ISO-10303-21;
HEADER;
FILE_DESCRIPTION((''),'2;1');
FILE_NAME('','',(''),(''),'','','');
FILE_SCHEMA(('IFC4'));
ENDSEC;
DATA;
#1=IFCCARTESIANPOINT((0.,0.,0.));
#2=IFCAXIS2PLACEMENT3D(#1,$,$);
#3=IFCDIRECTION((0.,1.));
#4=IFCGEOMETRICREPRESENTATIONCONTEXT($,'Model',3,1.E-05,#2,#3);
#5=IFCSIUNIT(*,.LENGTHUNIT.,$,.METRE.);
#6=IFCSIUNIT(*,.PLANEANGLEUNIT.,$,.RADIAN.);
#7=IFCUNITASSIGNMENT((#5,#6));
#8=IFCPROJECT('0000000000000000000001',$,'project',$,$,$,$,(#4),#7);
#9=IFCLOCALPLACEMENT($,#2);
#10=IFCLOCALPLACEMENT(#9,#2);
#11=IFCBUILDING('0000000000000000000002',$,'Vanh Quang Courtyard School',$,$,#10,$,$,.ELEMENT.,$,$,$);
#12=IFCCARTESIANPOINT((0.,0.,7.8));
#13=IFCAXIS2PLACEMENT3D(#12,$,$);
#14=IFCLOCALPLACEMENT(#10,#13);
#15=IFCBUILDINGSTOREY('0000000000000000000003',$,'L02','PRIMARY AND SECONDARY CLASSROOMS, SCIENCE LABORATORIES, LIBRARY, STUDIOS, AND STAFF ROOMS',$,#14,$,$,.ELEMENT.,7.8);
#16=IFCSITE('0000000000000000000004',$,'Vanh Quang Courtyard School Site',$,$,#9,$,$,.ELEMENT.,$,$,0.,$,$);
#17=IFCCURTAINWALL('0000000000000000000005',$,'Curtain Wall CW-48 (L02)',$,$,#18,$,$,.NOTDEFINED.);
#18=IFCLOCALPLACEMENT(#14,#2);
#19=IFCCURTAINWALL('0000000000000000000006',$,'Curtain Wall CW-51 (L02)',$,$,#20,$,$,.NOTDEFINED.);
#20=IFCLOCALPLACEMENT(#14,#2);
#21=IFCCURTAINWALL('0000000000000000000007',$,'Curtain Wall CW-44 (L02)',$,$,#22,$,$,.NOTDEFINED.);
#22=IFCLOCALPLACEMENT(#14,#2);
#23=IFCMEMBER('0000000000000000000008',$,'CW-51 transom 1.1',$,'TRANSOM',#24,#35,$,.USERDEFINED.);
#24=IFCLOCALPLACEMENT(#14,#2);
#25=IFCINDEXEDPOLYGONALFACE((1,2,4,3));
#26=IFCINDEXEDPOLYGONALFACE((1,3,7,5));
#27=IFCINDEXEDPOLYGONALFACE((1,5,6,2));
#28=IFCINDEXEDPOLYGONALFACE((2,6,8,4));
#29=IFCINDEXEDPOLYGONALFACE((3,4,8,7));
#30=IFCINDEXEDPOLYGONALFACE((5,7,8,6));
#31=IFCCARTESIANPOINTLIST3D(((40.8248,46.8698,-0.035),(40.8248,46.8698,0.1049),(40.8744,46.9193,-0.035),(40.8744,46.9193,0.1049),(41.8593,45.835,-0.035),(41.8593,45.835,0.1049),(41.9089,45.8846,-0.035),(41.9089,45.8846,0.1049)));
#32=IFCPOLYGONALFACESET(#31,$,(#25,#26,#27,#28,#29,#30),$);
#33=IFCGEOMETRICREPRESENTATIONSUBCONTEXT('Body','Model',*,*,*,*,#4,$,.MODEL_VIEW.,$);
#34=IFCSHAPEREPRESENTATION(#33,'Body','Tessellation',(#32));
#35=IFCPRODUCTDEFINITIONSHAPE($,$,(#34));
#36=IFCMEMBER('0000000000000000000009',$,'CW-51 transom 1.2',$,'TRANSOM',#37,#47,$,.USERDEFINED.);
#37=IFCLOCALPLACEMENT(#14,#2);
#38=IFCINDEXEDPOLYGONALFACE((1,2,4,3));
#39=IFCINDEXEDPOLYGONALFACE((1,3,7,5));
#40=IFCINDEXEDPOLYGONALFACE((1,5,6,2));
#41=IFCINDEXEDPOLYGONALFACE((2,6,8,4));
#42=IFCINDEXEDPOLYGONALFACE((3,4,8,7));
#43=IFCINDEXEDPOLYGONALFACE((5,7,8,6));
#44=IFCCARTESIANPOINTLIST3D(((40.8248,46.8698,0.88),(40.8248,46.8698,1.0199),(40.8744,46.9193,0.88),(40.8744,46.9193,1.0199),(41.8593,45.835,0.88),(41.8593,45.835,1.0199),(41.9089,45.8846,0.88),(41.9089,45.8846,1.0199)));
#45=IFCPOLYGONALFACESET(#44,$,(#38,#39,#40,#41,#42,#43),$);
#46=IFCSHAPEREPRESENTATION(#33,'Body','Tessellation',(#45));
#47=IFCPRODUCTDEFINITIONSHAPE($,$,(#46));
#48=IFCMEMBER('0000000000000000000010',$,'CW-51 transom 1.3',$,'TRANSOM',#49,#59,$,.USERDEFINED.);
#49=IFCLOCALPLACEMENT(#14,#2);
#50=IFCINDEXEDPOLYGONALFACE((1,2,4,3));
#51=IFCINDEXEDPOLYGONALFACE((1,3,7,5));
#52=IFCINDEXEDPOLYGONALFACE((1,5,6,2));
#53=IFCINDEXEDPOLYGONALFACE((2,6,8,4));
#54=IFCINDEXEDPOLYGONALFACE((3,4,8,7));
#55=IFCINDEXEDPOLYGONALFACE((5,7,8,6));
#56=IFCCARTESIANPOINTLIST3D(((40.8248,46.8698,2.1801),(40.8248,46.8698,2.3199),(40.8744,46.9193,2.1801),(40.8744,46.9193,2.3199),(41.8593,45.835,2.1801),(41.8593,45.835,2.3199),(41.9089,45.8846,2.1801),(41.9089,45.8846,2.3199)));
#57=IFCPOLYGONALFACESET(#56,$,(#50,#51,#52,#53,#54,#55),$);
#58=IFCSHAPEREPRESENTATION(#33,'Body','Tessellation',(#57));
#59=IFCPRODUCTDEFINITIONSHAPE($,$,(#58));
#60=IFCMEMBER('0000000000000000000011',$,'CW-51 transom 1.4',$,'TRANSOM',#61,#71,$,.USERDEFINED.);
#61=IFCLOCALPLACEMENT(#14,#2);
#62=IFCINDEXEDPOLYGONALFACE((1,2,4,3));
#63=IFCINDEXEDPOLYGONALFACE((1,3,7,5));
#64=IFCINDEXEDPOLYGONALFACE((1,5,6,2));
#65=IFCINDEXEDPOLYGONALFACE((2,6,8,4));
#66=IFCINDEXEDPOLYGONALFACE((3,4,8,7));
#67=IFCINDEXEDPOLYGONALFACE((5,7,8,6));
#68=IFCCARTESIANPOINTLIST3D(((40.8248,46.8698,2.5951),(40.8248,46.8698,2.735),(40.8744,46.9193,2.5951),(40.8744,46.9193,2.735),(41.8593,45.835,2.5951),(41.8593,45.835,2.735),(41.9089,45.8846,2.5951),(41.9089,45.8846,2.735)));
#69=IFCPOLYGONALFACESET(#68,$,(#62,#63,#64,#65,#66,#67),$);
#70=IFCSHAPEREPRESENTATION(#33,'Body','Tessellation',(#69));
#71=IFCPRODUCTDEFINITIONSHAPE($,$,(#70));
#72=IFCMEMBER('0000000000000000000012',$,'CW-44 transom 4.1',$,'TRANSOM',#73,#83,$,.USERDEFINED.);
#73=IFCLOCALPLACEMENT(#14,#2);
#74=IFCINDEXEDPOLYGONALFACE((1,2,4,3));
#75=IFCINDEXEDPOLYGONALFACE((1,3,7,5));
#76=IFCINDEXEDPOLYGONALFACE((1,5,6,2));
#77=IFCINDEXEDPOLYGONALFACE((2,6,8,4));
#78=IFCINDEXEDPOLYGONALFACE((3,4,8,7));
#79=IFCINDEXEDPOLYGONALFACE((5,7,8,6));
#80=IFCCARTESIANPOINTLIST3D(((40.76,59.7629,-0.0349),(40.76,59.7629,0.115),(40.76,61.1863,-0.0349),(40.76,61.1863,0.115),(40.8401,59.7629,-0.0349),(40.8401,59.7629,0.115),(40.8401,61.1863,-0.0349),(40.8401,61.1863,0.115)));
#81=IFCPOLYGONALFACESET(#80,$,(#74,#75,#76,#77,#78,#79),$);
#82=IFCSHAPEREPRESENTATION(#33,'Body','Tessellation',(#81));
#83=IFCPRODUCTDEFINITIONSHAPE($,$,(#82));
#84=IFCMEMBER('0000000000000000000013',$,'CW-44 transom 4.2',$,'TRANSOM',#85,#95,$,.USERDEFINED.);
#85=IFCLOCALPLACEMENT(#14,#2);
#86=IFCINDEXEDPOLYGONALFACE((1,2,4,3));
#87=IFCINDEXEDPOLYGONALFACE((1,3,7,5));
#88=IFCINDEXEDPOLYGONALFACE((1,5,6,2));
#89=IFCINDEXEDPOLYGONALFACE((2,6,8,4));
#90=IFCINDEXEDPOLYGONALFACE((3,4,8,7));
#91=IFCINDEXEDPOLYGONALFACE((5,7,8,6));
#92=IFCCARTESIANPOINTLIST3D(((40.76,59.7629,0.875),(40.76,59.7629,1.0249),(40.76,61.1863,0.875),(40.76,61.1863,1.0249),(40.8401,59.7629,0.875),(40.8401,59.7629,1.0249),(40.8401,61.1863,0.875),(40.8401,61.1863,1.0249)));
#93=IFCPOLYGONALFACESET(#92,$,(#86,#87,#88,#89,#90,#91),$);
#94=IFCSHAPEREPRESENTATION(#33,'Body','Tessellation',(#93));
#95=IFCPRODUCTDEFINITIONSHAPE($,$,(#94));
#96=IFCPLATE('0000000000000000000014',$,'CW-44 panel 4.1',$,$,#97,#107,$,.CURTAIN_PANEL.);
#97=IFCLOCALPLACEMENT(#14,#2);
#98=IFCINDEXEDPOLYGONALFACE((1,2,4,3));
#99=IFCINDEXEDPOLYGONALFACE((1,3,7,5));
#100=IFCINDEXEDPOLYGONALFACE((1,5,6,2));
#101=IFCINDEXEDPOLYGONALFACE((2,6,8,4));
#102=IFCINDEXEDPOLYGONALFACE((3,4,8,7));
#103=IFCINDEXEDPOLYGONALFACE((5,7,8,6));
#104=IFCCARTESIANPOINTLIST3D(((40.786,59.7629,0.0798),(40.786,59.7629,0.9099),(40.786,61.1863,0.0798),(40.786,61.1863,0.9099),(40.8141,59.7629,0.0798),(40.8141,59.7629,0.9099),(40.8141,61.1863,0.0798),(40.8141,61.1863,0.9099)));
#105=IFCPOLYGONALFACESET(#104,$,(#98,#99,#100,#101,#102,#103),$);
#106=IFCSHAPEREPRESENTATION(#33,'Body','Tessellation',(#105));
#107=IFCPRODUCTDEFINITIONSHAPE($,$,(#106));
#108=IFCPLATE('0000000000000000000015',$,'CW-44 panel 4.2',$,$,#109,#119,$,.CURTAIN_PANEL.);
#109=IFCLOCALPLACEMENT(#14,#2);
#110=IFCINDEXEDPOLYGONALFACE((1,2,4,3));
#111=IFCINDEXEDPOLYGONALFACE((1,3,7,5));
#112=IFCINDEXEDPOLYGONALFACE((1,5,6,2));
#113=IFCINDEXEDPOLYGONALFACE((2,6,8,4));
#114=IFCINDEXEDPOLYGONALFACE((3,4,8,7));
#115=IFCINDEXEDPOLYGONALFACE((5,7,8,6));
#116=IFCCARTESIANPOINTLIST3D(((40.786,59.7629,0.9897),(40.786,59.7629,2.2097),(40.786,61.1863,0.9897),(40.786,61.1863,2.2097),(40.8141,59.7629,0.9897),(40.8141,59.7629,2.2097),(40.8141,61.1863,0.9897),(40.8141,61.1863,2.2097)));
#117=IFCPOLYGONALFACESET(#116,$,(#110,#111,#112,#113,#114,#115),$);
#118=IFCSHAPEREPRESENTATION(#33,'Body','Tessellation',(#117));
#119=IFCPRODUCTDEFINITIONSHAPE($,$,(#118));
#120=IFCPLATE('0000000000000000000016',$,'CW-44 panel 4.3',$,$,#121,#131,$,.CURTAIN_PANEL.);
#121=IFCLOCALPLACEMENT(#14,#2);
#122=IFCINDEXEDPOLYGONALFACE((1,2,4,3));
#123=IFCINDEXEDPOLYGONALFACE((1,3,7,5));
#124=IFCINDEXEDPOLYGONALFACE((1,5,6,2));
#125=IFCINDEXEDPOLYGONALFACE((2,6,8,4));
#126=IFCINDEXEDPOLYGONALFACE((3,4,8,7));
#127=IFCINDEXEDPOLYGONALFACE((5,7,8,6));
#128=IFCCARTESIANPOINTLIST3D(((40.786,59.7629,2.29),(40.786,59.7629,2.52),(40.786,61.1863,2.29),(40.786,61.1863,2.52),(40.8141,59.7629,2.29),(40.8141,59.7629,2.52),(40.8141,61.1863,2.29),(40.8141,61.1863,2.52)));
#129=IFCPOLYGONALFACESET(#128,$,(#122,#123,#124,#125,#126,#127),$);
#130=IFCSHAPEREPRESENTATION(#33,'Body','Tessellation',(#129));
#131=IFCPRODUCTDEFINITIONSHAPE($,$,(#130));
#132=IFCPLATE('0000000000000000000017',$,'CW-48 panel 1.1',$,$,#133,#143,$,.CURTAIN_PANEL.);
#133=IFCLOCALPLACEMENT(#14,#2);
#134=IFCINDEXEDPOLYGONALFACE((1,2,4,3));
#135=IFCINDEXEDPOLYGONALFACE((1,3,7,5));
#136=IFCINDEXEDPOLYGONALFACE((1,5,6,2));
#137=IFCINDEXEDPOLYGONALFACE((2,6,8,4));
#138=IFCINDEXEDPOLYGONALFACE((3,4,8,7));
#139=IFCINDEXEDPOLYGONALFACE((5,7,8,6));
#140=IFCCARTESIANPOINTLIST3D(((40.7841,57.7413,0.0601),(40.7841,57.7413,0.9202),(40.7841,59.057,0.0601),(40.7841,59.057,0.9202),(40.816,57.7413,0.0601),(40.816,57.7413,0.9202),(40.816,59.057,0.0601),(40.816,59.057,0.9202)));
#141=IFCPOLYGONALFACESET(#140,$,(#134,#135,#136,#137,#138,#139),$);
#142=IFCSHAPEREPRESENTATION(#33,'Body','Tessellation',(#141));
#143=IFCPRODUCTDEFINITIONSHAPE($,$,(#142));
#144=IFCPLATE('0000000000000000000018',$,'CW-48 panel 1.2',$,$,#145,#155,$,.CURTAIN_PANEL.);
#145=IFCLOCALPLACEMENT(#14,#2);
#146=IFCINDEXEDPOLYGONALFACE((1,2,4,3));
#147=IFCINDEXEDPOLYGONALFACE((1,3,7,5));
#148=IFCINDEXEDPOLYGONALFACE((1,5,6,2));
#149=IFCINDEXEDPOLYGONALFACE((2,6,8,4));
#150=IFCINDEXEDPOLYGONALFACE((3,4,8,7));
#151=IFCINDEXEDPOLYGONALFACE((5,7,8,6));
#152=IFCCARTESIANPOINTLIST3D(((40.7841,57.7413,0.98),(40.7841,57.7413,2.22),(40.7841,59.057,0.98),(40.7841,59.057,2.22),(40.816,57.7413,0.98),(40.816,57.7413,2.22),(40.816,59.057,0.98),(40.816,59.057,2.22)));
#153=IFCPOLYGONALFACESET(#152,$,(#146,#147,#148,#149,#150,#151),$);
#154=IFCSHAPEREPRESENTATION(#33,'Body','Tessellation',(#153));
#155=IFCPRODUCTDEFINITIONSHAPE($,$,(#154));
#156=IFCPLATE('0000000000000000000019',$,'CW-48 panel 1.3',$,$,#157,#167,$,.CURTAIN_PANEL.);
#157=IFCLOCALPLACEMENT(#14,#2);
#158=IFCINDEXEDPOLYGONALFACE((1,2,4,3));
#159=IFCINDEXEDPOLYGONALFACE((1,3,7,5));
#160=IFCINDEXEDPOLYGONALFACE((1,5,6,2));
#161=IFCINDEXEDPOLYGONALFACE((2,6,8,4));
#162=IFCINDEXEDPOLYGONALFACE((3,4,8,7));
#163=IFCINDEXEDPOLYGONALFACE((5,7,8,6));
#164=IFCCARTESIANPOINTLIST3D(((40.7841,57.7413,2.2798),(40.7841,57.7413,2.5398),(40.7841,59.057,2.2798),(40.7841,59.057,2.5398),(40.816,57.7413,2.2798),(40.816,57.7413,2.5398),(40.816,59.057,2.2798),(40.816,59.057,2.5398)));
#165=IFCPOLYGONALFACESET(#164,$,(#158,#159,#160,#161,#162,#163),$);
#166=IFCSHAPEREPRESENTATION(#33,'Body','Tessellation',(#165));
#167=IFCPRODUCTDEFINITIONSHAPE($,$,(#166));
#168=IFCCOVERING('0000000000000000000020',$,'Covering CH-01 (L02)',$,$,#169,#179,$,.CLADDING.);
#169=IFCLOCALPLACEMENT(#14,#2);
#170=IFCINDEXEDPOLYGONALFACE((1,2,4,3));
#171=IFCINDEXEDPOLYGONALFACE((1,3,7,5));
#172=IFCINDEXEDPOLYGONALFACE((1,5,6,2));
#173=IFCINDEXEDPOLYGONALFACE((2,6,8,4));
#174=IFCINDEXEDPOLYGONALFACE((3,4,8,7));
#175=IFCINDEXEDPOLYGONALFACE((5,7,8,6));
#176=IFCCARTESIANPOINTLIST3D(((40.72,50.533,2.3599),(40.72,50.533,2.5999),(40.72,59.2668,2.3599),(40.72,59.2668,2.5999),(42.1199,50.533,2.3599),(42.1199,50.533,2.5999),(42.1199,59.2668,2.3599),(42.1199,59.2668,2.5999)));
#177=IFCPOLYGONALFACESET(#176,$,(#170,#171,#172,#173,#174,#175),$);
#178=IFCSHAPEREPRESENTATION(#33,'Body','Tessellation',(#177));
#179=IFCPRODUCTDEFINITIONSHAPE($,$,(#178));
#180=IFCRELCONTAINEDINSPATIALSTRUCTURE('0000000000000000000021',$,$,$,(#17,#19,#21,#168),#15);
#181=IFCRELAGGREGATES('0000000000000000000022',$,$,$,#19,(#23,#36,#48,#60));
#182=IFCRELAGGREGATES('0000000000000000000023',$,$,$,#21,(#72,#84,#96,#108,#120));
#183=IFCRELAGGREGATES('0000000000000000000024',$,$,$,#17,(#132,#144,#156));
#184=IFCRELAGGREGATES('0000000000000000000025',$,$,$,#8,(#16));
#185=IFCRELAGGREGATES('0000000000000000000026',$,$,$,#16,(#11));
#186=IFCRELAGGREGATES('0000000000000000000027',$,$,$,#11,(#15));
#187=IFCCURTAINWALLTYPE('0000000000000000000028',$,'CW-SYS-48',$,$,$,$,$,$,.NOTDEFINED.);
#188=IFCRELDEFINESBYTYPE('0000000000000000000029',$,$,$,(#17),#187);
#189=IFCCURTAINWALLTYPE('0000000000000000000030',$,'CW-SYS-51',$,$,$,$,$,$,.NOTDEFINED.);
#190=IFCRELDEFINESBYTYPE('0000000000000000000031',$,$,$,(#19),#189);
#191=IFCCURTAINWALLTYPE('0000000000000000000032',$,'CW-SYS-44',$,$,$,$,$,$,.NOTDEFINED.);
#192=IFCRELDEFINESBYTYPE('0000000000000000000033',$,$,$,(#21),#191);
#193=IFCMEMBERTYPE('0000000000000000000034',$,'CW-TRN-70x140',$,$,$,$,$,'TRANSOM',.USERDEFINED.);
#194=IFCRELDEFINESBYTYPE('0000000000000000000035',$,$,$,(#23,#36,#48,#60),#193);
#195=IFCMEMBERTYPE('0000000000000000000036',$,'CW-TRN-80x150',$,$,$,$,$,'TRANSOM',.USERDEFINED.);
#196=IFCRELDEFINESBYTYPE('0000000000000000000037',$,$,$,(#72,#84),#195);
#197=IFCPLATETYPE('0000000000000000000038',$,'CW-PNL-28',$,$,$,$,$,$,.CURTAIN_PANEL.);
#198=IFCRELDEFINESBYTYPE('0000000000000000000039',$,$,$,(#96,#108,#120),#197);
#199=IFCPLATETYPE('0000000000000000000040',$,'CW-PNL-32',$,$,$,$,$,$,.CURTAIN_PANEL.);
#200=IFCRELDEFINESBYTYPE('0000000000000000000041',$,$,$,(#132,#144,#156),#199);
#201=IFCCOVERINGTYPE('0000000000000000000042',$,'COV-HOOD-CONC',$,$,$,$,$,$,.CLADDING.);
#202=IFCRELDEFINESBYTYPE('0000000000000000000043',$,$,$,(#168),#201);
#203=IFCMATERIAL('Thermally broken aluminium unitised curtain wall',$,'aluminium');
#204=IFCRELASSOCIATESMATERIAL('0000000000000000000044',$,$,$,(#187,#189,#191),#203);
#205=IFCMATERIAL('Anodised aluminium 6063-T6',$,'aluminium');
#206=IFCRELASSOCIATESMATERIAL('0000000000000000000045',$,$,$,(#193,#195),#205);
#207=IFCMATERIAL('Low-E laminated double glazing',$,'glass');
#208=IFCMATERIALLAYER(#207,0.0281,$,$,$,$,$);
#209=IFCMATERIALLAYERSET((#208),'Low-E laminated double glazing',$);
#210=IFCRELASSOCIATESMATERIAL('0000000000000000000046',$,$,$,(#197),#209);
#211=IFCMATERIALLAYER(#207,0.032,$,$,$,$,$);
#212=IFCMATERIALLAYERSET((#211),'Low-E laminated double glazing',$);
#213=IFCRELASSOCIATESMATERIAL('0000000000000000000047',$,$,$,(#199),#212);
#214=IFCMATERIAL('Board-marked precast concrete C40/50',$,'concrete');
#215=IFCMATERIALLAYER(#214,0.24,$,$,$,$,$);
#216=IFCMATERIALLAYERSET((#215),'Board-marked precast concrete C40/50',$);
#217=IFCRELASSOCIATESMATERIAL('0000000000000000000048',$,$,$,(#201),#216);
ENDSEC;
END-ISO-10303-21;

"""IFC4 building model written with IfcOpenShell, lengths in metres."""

from ifc_helpers import new_model, si_unit, direction, frame, origin, origin_2d, place, context, subcontext, project, spatial, rectangle, extrude, material, layer, layer_set, material_profile, profile_set, type_object, element, aggregate, save


model = new_model("IFC4")

# Units and contexts
model_context = context("Model", 3, precision=1e-05, world=origin(), true_north=direction((0.0, 1.0)))
body_context = subcontext(model_context, "Body", "Model", "MODEL_VIEW")
ifc_project = project(units=[si_unit("LENGTHUNIT", "METRE"), si_unit("PLANEANGLEUNIT", "RADIAN")], contexts=[model_context])

# Site, building, storey
site_placement = place(None, origin())
site = spatial("IfcSite", under=ifc_project, at=site_placement, Name="Vanh Quang Courtyard School Site", CompositionType="ELEMENT", RefElevation=0.0)
building_placement = place(site_placement, origin())
building = spatial("IfcBuilding", under=site, at=building_placement, Name="Vanh Quang Courtyard School", CompositionType="ELEMENT")
storey_placement = place(building_placement, frame((0.0, 0.0, 7.8)))
storey = spatial("IfcBuildingStorey", under=building, at=storey_placement, Name="L02", Description="PRIMARY AND SECONDARY CLASSROOMS, SCIENCE LABORATORIES, LIBRARY, STUDIOS, AND STAFF ROOMS", CompositionType="ELEMENT", Elevation=7.8)

# Curtain wall
ifc_material_1 = material(Name="Thermally broken aluminium unitised curtain wall", Category="aluminium")
curtain_wall_type_1 = type_object("IfcCurtainWallType", Name="CW-SYS-48", PredefinedType="NOTDEFINED", material=ifc_material_1)
curtain_wall_1_placement = place(storey_placement, origin())
curtain_wall_1 = element("IfcCurtainWall", 1, at=curtain_wall_1_placement, inside=storey, type_object=curtain_wall_type_1, Name="Curtain Wall CW-48 (L02)", PredefinedType="NOTDEFINED")
ifc_material_2 = material(Name="Anodised aluminium 6063-T6", Category="aluminium")

# Curtain walls
curtain_wall_type_2 = type_object("IfcCurtainWallType", Name="CW-SYS-51", PredefinedType="NOTDEFINED", material=ifc_material_1)
curtain_wall_2_placement = place(storey_placement, origin())
curtain_wall_2 = element("IfcCurtainWall", 2, at=curtain_wall_2_placement, inside=storey, type_object=curtain_wall_type_2, Name="Curtain Wall CW-51 (L02)", PredefinedType="NOTDEFINED")
curtain_wall_type_3 = type_object("IfcCurtainWallType", Name="CW-SYS-44", PredefinedType="NOTDEFINED", material=ifc_material_1)
curtain_wall_3_placement = place(storey_placement, origin())
curtain_wall_3 = element("IfcCurtainWall", 3, at=curtain_wall_3_placement, inside=storey, type_object=curtain_wall_type_3, Name="Curtain Wall CW-44 (L02)", PredefinedType="NOTDEFINED")

# Members
ifc_material_profile_1 = material_profile(ifc_material_2, rectangle(XDim=0.0701, YDim=0.1399, at=origin_2d()), Name="ALU-TRN 70x140")
ifc_profile_set_1 = profile_set([ifc_material_profile_1], Name="Anodised aluminium 6063-T6")
member_type_1 = type_object("IfcMemberType", Name="CW-TRN-70x140", ElementType="TRANSOM", PredefinedType="USERDEFINED", material=ifc_profile_set_1)
member_1_placement = place(storey_placement, frame((40.8496, 46.8945, 0.0349), z_axis=(0.707023, -0.70719, 0.0), x_axis=(0.70719, 0.707023, 0.0)))
member_1 = element("IfcMember", 4, at=member_1_placement, type_object=member_type_1, Name="CW-51 transom 1.1", ObjectType="TRANSOM", PredefinedType="USERDEFINED", context=body_context, shape_type="SweptSolid", body=[
    extrude(rectangle(XDim=0.0701, YDim=0.1399, at=origin_2d()), origin(), (0.0, 0.0, 1.0), 1.4631),
])
member_2_placement = place(storey_placement, frame((40.8496, 46.8945, 0.95), z_axis=(0.707023, -0.70719, 0.0), x_axis=(0.70719, 0.707023, 0.0)))
member_2 = element("IfcMember", 5, at=member_2_placement, type_object=member_type_1, Name="CW-51 transom 1.2", ObjectType="TRANSOM", PredefinedType="USERDEFINED", context=body_context, shape_type="SweptSolid", body=[
    extrude(rectangle(XDim=0.0701, YDim=0.1399, at=origin_2d()), origin(), (0.0, 0.0, 1.0), 1.4631),
])
member_3_placement = place(storey_placement, frame((40.8496, 46.8945, 2.25), z_axis=(0.707023, -0.70719, 0.0), x_axis=(0.70719, 0.707023, 0.0)))
member_3 = element("IfcMember", 6, at=member_3_placement, type_object=member_type_1, Name="CW-51 transom 1.3", ObjectType="TRANSOM", PredefinedType="USERDEFINED", context=body_context, shape_type="SweptSolid", body=[
    extrude(rectangle(XDim=0.0701, YDim=0.1399, at=origin_2d()), origin(), (0.0, 0.0, 1.0), 1.4631),
])
member_4_placement = place(storey_placement, frame((40.8496, 46.8945, 2.665), z_axis=(0.707023, -0.70719, 0.0), x_axis=(0.70719, 0.707023, 0.0)))
member_4 = element("IfcMember", 7, at=member_4_placement, type_object=member_type_1, Name="CW-51 transom 1.4", ObjectType="TRANSOM", PredefinedType="USERDEFINED", context=body_context, shape_type="SweptSolid", body=[
    extrude(rectangle(XDim=0.0701, YDim=0.1399, at=origin_2d()), origin(), (0.0, 0.0, 1.0), 1.4631),
])
aggregate(curtain_wall_2, [member_1, member_2, member_3, member_4])
ifc_material_profile_2 = material_profile(ifc_material_2, rectangle(XDim=0.0801, YDim=0.1499, at=origin_2d()), Name="ALU-TRN 80x150")
ifc_profile_set_2 = profile_set([ifc_material_profile_2], Name="Anodised aluminium 6063-T6")
member_type_2 = type_object("IfcMemberType", Name="CW-TRN-80x150", ElementType="TRANSOM", PredefinedType="USERDEFINED", material=ifc_profile_set_2)
member_5_placement = place(storey_placement, frame((40.8, 61.1863, 0.04), z_axis=(0.0, -1.0, 0.0), x_axis=(1.0, 0.0, 0.0)))
member_5 = element("IfcMember", 8, at=member_5_placement, type_object=member_type_2, Name="CW-44 transom 4.1", ObjectType="TRANSOM", PredefinedType="USERDEFINED", context=body_context, shape_type="SweptSolid", body=[
    extrude(rectangle(XDim=0.0801, YDim=0.1499, at=origin_2d()), origin(), (0.0, 0.0, 1.0), 1.4233),
])
member_6_placement = place(storey_placement, frame((40.8, 61.1863, 0.95), z_axis=(0.0, -1.0, 0.0), x_axis=(1.0, 0.0, 0.0)))
member_6 = element("IfcMember", 9, at=member_6_placement, type_object=member_type_2, Name="CW-44 transom 4.2", ObjectType="TRANSOM", PredefinedType="USERDEFINED", context=body_context, shape_type="SweptSolid", body=[
    extrude(rectangle(XDim=0.0801, YDim=0.1499, at=origin_2d()), origin(), (0.0, 0.0, 1.0), 1.4233),
])

# Plates
ifc_material_3 = material(Name="Low-E laminated double glazing", Category="glass")
ifc_layer_1 = layer(ifc_material_3, 0.0281)
ifc_layer_set_1 = layer_set([ifc_layer_1], Name="Low-E laminated double glazing")
plate_type_1 = type_object("IfcPlateType", Name="CW-PNL-28", PredefinedType="CURTAIN_PANEL", material=ifc_layer_set_1)
plate_1_placement = place(storey_placement, frame((40.8, 60.4746, 0.0798), z_axis=(0.0, 0.0, 1.0), x_axis=(0.0, -1.0, 0.0)))
plate_1 = element("IfcPlate", 10, at=plate_1_placement, type_object=plate_type_1, Name="CW-44 panel 4.1", PredefinedType="CURTAIN_PANEL", context=body_context, shape_type="SweptSolid", body=[
    extrude(rectangle(XDim=1.4233, YDim=0.0281, at=origin_2d()), origin(), (0.0, 0.0, 1.0), 0.8301),
])
plate_2_placement = place(storey_placement, frame((40.8, 60.4746, 0.9897), z_axis=(0.0, 0.0, 1.0), x_axis=(0.0, -1.0, 0.0)))
plate_2 = element("IfcPlate", 11, at=plate_2_placement, type_object=plate_type_1, Name="CW-44 panel 4.2", PredefinedType="CURTAIN_PANEL", context=body_context, shape_type="SweptSolid", body=[
    extrude(rectangle(XDim=1.4233, YDim=0.0281, at=origin_2d()), origin(), (0.0, 0.0, 1.0), 1.22),
])
plate_3_placement = place(storey_placement, frame((40.8, 60.4746, 2.29), z_axis=(0.0, 0.0, 1.0), x_axis=(0.0, -1.0, 0.0)))
plate_3 = element("IfcPlate", 12, at=plate_3_placement, type_object=plate_type_1, Name="CW-44 panel 4.3", PredefinedType="CURTAIN_PANEL", context=body_context, shape_type="SweptSolid", body=[
    extrude(rectangle(XDim=1.4233, YDim=0.0281, at=origin_2d()), origin(), (0.0, 0.0, 1.0), 0.23),
])
aggregate(curtain_wall_3, [member_5, member_6, plate_1, plate_2, plate_3])
ifc_layer_2 = layer(ifc_material_3, 0.032)
ifc_layer_set_2 = layer_set([ifc_layer_2], Name="Low-E laminated double glazing")
plate_type_2 = type_object("IfcPlateType", Name="CW-PNL-32", PredefinedType="CURTAIN_PANEL", material=ifc_layer_set_2)
plate_4_placement = place(storey_placement, frame((40.8, 58.3992, 0.0601), z_axis=(0.0, 0.0, 1.0), x_axis=(0.0, -1.0, 0.0)))
plate_4 = element("IfcPlate", 13, at=plate_4_placement, type_object=plate_type_2, Name="CW-48 panel 1.1", PredefinedType="CURTAIN_PANEL", context=body_context, shape_type="SweptSolid", body=[
    extrude(rectangle(XDim=1.3157, YDim=0.032, at=origin_2d()), origin(), (0.0, 0.0, 1.0), 0.8601),
])
plate_5_placement = place(storey_placement, frame((40.8, 58.3992, 0.98), z_axis=(0.0, 0.0, 1.0), x_axis=(0.0, -1.0, 0.0)))
plate_5 = element("IfcPlate", 14, at=plate_5_placement, type_object=plate_type_2, Name="CW-48 panel 1.2", PredefinedType="CURTAIN_PANEL", context=body_context, shape_type="SweptSolid", body=[
    extrude(rectangle(XDim=1.3157, YDim=0.032, at=origin_2d()), origin(), (0.0, 0.0, 1.0), 1.24),
])
plate_6_placement = place(storey_placement, frame((40.8, 58.3992, 2.2798), z_axis=(0.0, 0.0, 1.0), x_axis=(0.0, -1.0, 0.0)))
plate_6 = element("IfcPlate", 15, at=plate_6_placement, type_object=plate_type_2, Name="CW-48 panel 1.3", PredefinedType="CURTAIN_PANEL", context=body_context, shape_type="SweptSolid", body=[
    extrude(rectangle(XDim=1.3157, YDim=0.032, at=origin_2d()), origin(), (0.0, 0.0, 1.0), 0.26),
])
aggregate(curtain_wall_1, [plate_4, plate_5, plate_6])

# Covering
ifc_material_4 = material(Name="Board-marked precast concrete C40/50", Category="concrete")
ifc_layer_3 = layer(ifc_material_4, 0.24)
ifc_layer_set_3 = layer_set([ifc_layer_3], Name="Board-marked precast concrete C40/50")
covering_type = type_object("IfcCoveringType", Name="COV-HOOD-CONC", PredefinedType="CLADDING", material=ifc_layer_set_3)
covering_placement = place(storey_placement, frame((41.4199, 54.8999, 2.3599), z_axis=(0.0, 0.0, 1.0), x_axis=(0.0, -1.0, 0.0)))
element("IfcCovering", 16, at=covering_placement, inside=storey, type_object=covering_type, Name="Covering CH-01 (L02)", PredefinedType="CLADDING", context=body_context, shape_type="SweptSolid", body=[
    extrude(rectangle(XDim=8.7339, YDim=1.3999, at=origin_2d()), origin(), (0.0, 0.0, 1.0), 0.24),
])

save(model, "model.ifc")
